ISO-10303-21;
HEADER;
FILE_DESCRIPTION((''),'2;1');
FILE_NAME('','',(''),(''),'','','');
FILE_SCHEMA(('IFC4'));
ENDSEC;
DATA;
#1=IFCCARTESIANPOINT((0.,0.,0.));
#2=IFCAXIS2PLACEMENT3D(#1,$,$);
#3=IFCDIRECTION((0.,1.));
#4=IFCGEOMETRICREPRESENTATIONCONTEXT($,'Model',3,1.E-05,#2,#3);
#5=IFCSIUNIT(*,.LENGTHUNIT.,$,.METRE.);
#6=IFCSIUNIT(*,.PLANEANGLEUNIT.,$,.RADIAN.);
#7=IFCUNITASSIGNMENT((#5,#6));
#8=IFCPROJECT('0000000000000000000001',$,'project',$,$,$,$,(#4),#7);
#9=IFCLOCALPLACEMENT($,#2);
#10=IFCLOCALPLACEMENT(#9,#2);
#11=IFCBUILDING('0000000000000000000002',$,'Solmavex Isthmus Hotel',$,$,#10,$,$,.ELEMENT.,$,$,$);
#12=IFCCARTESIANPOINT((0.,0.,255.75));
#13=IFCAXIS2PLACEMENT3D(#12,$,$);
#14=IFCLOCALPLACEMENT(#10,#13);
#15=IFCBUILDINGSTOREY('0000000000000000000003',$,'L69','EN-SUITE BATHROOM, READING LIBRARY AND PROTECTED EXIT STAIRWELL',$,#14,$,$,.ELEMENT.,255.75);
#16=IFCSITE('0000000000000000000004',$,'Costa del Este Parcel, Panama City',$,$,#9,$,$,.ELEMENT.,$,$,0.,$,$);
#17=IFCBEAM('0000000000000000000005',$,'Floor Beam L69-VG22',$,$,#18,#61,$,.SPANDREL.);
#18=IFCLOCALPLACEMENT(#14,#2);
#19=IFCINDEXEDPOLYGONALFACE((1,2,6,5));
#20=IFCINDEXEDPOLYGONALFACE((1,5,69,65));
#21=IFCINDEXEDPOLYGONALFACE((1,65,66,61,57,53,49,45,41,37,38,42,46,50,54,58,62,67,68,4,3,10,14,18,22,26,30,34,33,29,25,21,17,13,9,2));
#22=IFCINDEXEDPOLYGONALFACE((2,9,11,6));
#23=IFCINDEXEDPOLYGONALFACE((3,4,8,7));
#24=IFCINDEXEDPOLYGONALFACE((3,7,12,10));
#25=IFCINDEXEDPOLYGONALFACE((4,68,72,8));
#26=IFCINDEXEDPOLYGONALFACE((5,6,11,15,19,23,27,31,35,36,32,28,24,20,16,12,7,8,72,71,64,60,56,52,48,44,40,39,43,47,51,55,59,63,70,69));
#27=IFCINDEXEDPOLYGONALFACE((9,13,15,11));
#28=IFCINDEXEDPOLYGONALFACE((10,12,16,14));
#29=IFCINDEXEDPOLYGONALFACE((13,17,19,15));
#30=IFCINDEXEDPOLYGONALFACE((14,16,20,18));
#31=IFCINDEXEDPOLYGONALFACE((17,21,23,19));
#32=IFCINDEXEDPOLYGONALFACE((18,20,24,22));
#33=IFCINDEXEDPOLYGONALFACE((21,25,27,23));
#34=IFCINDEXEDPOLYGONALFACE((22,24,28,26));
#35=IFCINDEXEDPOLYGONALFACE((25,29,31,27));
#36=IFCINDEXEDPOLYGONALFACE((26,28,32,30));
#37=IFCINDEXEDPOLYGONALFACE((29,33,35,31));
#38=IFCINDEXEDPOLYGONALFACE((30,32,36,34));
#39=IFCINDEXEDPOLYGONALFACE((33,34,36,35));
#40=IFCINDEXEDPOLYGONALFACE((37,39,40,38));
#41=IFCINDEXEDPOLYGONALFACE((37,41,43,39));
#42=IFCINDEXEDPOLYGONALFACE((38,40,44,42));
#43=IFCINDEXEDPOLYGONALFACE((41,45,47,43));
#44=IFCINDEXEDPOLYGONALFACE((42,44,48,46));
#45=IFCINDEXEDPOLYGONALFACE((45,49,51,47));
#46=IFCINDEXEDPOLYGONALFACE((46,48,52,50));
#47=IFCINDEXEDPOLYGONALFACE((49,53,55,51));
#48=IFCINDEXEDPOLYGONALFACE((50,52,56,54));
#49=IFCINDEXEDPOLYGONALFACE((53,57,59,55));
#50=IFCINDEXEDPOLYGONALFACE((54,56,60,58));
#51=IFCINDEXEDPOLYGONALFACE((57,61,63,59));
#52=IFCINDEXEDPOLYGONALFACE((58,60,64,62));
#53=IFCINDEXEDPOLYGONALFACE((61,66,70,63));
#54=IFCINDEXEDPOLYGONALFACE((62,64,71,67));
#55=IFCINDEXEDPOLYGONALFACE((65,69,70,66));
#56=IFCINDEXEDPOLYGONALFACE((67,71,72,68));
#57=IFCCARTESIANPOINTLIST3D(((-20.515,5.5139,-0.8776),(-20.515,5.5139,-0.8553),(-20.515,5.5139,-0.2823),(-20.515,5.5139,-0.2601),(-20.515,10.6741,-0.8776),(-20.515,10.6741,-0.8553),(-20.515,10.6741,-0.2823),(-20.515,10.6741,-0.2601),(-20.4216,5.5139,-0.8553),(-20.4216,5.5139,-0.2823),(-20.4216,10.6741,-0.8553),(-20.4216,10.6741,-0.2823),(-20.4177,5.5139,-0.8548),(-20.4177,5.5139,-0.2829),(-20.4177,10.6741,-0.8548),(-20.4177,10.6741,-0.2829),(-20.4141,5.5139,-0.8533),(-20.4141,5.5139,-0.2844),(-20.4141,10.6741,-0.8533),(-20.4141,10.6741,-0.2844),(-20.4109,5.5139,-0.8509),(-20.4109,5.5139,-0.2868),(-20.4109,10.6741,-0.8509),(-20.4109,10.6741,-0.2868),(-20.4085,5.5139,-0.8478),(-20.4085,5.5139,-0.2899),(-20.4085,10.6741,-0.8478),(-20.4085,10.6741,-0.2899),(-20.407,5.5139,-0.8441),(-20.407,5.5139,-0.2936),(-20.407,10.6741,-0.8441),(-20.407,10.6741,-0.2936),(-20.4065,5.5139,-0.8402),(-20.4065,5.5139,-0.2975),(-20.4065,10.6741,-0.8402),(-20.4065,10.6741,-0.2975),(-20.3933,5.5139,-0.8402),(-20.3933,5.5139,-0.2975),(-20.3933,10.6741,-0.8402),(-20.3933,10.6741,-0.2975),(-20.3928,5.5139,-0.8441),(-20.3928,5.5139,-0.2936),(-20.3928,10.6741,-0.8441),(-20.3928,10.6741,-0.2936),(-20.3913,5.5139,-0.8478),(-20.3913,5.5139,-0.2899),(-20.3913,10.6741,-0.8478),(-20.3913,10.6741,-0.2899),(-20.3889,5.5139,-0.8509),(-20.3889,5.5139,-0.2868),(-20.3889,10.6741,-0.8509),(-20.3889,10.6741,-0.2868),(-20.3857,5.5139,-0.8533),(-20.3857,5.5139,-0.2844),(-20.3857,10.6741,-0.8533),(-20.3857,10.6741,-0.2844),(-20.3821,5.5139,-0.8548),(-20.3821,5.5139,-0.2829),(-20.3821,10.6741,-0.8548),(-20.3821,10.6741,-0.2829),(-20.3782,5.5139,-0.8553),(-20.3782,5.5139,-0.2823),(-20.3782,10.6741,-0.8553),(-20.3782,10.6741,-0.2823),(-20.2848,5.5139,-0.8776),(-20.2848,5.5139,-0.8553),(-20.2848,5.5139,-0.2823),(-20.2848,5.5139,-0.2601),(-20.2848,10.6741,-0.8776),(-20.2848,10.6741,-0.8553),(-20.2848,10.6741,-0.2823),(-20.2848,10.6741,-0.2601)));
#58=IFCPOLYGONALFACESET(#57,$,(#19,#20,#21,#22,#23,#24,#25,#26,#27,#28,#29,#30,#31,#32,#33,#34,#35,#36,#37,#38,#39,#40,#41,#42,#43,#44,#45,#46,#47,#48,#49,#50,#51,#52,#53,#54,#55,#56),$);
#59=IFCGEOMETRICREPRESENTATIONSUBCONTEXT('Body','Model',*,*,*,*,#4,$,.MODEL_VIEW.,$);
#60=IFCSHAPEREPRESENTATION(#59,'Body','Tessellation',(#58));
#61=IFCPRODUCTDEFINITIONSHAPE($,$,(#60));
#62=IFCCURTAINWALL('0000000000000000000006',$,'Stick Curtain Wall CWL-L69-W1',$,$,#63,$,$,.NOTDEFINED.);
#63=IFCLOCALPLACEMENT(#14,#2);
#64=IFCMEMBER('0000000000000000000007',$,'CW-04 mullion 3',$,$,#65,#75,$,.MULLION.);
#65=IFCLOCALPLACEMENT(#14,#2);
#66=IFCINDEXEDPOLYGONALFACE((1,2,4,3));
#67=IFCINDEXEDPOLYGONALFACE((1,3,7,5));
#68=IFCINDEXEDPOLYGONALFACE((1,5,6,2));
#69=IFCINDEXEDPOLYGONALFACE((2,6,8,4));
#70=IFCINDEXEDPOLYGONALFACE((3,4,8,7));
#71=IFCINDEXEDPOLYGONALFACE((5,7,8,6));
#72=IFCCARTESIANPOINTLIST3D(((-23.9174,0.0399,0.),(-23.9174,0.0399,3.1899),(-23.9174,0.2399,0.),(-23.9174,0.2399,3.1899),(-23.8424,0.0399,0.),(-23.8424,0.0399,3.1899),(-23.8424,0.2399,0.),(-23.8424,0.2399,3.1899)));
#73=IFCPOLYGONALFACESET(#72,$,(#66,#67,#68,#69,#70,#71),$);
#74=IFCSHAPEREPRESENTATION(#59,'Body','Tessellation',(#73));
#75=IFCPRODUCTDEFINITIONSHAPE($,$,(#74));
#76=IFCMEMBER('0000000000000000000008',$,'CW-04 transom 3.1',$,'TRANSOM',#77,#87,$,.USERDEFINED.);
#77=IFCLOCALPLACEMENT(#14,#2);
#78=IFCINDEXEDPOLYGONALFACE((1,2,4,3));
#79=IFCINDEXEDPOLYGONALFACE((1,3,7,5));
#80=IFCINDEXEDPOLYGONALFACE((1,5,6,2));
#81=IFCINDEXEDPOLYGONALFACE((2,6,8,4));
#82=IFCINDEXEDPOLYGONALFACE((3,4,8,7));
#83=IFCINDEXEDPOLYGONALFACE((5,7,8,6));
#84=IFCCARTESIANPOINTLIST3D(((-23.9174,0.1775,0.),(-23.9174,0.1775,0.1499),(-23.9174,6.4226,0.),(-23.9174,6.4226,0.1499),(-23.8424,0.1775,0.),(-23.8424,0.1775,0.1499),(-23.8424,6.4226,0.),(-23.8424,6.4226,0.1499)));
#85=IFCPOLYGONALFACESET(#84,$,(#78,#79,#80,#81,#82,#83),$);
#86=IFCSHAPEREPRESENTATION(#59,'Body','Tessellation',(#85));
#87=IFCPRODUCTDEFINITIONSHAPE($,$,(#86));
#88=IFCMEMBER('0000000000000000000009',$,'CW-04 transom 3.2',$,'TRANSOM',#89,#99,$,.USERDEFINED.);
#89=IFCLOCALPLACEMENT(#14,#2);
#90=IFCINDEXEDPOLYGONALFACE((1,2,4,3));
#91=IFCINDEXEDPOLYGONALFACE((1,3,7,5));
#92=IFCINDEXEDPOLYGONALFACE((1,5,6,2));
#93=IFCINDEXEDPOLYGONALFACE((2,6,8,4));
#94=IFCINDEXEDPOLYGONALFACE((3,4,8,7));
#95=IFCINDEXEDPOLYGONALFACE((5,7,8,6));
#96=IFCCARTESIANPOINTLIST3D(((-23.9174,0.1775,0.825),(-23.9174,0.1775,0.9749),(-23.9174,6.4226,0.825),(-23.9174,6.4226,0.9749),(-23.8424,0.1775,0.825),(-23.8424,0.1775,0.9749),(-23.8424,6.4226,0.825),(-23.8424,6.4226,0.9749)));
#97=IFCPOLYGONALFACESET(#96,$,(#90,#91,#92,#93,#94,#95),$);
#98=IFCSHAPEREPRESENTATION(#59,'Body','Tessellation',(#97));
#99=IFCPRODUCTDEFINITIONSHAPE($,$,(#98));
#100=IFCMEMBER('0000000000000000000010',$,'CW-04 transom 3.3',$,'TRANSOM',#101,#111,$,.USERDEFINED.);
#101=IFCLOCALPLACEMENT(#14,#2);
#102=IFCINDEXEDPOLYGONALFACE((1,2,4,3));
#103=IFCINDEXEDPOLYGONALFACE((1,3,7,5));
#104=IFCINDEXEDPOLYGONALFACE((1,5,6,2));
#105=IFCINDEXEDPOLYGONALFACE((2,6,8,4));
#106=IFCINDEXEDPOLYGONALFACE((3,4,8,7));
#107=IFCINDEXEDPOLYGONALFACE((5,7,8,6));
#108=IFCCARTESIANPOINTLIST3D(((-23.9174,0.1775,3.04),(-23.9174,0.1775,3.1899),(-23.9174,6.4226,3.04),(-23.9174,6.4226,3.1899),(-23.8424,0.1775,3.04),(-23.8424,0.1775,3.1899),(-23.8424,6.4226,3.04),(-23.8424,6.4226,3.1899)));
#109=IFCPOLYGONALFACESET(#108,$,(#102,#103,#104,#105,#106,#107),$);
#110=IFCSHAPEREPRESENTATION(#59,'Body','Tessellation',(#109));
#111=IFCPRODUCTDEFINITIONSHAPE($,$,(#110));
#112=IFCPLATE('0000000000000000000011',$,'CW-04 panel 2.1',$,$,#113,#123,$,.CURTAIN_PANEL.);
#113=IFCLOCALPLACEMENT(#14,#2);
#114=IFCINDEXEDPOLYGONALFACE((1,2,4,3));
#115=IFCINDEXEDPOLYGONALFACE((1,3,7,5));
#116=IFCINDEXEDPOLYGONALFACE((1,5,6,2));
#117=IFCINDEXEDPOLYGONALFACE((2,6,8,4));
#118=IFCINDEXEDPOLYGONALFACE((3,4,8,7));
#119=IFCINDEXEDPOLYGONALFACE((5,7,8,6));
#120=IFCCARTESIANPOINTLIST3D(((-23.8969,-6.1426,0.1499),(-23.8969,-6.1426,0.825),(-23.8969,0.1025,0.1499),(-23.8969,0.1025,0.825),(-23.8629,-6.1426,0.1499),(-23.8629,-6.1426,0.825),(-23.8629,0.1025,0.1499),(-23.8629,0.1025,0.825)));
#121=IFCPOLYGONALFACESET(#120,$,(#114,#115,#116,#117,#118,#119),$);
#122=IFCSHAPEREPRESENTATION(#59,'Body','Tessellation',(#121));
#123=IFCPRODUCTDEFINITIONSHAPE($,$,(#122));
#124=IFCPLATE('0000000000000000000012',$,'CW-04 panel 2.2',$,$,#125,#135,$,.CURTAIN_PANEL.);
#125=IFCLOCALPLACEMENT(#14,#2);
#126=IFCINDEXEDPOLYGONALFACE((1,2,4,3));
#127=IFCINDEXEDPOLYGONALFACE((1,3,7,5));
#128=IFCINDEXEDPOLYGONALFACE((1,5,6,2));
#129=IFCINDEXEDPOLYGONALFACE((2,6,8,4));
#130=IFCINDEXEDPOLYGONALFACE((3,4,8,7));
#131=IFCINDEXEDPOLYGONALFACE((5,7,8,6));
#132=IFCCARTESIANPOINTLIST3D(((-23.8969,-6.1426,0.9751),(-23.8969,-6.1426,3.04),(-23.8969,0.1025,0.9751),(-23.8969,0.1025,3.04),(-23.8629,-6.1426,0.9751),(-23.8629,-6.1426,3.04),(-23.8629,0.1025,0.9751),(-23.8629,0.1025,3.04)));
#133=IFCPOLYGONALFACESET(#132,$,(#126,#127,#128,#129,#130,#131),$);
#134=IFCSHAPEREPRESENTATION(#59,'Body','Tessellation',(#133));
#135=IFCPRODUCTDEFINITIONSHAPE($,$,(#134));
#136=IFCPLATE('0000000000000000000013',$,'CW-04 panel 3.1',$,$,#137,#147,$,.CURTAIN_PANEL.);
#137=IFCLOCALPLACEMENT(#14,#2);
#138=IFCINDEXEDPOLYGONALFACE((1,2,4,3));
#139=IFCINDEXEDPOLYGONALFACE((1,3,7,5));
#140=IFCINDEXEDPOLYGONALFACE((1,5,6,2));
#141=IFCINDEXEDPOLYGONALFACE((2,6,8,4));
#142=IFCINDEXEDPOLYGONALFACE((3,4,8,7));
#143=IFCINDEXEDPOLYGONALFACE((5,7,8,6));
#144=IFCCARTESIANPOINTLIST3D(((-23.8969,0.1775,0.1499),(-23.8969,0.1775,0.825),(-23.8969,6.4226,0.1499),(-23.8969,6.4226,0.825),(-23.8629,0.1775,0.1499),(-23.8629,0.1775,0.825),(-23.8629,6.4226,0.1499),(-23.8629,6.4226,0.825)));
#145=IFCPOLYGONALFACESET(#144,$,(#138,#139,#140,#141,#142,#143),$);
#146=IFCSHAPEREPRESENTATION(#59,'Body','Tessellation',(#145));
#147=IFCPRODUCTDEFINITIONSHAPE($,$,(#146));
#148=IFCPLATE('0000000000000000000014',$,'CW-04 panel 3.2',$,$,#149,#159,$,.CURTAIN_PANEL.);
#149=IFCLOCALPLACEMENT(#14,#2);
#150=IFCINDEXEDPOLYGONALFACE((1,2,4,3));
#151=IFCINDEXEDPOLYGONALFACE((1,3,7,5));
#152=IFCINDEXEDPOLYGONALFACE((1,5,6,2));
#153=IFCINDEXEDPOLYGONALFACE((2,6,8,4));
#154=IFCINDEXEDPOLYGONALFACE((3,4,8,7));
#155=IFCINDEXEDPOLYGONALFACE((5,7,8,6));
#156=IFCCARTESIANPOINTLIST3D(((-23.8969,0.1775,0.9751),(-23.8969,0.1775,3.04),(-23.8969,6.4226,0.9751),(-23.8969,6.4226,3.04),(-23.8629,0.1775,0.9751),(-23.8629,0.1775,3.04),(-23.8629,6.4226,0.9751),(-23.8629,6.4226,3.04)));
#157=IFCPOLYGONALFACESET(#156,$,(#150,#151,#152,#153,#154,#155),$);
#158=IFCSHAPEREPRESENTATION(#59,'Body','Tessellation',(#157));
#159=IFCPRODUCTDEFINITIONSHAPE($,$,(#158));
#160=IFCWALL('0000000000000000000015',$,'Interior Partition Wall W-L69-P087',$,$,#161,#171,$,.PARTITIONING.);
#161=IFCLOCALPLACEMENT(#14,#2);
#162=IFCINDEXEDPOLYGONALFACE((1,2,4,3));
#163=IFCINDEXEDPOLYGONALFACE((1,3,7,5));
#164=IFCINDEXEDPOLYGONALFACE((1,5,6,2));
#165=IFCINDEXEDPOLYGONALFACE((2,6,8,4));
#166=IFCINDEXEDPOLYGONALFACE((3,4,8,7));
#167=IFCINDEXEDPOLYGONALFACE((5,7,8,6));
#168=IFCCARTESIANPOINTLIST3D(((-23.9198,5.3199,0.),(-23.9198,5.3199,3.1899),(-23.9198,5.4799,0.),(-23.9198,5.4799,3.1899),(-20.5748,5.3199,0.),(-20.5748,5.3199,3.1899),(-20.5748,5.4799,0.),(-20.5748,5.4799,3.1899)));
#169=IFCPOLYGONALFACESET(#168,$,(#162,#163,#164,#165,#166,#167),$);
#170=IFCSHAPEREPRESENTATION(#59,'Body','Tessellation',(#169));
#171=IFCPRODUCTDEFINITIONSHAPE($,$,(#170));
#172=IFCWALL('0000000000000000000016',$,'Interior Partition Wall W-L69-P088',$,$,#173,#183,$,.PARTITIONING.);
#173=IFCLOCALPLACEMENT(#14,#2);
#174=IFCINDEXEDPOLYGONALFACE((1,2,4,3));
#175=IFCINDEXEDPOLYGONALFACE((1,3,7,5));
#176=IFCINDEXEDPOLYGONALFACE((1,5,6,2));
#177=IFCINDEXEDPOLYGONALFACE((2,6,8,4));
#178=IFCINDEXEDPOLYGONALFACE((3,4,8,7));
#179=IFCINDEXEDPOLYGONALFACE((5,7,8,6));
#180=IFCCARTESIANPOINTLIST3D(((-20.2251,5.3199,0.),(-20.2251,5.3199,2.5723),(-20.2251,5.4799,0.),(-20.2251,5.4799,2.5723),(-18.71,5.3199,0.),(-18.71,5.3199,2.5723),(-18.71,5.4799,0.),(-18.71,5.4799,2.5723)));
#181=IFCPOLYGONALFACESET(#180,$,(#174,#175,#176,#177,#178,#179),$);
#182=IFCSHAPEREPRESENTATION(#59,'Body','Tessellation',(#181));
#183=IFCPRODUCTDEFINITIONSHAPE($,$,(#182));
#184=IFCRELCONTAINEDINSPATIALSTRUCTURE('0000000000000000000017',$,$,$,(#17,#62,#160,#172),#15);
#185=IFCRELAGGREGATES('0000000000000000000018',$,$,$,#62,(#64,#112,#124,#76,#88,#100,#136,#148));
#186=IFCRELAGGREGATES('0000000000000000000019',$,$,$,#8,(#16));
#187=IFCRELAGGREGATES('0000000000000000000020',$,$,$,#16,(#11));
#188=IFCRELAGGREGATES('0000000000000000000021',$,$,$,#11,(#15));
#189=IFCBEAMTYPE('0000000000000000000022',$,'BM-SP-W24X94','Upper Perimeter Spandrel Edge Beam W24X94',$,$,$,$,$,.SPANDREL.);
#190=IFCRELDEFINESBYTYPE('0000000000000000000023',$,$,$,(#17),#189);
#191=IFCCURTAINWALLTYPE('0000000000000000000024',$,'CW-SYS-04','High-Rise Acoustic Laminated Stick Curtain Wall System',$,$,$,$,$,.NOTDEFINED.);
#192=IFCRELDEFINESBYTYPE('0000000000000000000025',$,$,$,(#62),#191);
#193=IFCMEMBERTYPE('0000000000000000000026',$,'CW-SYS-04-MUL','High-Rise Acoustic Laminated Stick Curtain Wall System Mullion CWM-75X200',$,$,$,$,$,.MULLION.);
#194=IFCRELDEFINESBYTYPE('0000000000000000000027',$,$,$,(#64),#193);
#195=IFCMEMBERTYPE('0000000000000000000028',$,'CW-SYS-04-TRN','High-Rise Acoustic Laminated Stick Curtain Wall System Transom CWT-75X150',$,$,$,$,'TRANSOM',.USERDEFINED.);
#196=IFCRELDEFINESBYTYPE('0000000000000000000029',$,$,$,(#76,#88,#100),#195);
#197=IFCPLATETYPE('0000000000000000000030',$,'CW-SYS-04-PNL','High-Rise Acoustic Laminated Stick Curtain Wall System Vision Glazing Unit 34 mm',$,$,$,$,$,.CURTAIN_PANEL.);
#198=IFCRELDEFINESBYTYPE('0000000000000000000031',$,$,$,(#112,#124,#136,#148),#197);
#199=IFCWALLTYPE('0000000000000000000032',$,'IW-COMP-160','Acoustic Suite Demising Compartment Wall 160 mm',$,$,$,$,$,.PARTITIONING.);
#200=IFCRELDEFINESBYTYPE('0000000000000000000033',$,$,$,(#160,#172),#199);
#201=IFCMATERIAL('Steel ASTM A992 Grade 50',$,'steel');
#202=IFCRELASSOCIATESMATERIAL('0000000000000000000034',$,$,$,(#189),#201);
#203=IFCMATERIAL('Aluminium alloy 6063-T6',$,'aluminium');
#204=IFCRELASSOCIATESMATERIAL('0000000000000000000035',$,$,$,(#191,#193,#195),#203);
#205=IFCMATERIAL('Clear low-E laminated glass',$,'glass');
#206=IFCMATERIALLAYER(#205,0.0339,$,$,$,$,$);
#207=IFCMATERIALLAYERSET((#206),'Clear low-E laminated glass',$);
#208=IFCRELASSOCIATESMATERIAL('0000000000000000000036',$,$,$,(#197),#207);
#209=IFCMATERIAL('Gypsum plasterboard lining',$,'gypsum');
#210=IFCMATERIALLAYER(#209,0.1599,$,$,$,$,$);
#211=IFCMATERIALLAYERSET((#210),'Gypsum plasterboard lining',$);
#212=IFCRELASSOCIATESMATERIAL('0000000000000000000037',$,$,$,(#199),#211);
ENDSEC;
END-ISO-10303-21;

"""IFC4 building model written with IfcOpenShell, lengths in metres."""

from ifc_helpers import new_model, si_unit, direction, frame, frame_2d, origin, origin_2d, place, context, subcontext, project, spatial, rectangle, i_section, extrude, material, layer, layer_set, material_profile, profile_set, type_object, element, aggregate, save


model = new_model("IFC4")

# Units and contexts
model_context = context("Model", 3, precision=1e-05, world=origin(), true_north=direction((0.0, 1.0)))
body_context = subcontext(model_context, "Body", "Model", "MODEL_VIEW")
ifc_project = project(units=[si_unit("LENGTHUNIT", "METRE"), si_unit("PLANEANGLEUNIT", "RADIAN")], contexts=[model_context])

# Site, building, storey
site_placement = place(None, origin())
site = spatial("IfcSite", under=ifc_project, at=site_placement, Name="Costa del Este Parcel, Panama City", CompositionType="ELEMENT", RefElevation=0.0)
building_placement = place(site_placement, origin())
building = spatial("IfcBuilding", under=site, at=building_placement, Name="Solmavex Isthmus Hotel", CompositionType="ELEMENT")
storey_placement = place(building_placement, frame((0.0, 0.0, 255.75)))
storey = spatial("IfcBuildingStorey", under=building, at=storey_placement, Name="L69", Description="EN-SUITE BATHROOM, READING LIBRARY AND PROTECTED EXIT STAIRWELL", CompositionType="ELEMENT", Elevation=255.75)

# Beam
ifc_material_1 = material(Name="Steel ASTM A992 Grade 50", Category="steel")
ifc_material_profile_1 = material_profile(ifc_material_1, i_section(OverallWidth=0.2302, OverallDepth=0.6174, WebThickness=0.0132, FlangeThickness=0.0222, FilletRadius=0.0151, at=origin_2d()), Name="W24X94")
ifc_profile_set_1 = profile_set([ifc_material_profile_1], Name="Steel ASTM A992 Grade 50")
beam_type_1 = type_object("IfcBeamType", Name="BM-SP-W24X94", Description="Upper Perimeter Spandrel Edge Beam W24X94", PredefinedType="SPANDREL", material=ifc_profile_set_1)
beam_1_placement = place(storey_placement, frame((-20.3999, 5.5139, -0.5688), z_axis=(0.0, 1.0, 0.0), x_axis=(-1.0, 0.0, 0.0)))
element("IfcBeam", 1, at=beam_1_placement, inside=storey, type_object=beam_type_1, Name="Floor Beam L69-VG22", PredefinedType="SPANDREL", context=body_context, shape_type="SweptSolid", body=[
    extrude(i_section(OverallWidth=0.2302, OverallDepth=0.6174, WebThickness=0.0132, FlangeThickness=0.0222, FilletRadius=0.0151, at=origin_2d()), origin(), (0.0, 0.0, 1.0), 5.1602),
])

# Curtain wall, members, plates
ifc_material_2 = material(Name="Aluminium alloy 6063-T6", Category="aluminium")
curtain_wall_type = type_object("IfcCurtainWallType", Name="CW-SYS-04", Description="High-Rise Acoustic Laminated Stick Curtain Wall System", PredefinedType="NOTDEFINED", material=ifc_material_2)
curtain_wall_placement = place(storey_placement, origin())
curtain_wall = element("IfcCurtainWall", 2, at=curtain_wall_placement, inside=storey, type_object=curtain_wall_type, Name="Stick Curtain Wall CWL-L69-W1", PredefinedType="NOTDEFINED")
ifc_material_profile_2 = material_profile(ifc_material_2, rectangle(XDim=0.075, YDim=0.2, at=origin_2d()), Name="CWM-75X200")
ifc_profile_set_2 = profile_set([ifc_material_profile_2], Name="Aluminium alloy 6063-T6")
member_type_1 = type_object("IfcMemberType", Name="CW-SYS-04-MUL", Description="High-Rise Acoustic Laminated Stick Curtain Wall System Mullion CWM-75X200", PredefinedType="MULLION", material=ifc_profile_set_2)
member_1_placement = place(storey_placement, frame((-23.8799, 0.1399, 0.0), z_axis=(0.0, 0.0, 1.0), x_axis=(-1.0, 0.0, 0.0)))
member_1 = element("IfcMember", 3, at=member_1_placement, type_object=member_type_1, Name="CW-04 mullion 3", PredefinedType="MULLION", context=body_context, shape_type="SweptSolid", body=[
    extrude(rectangle(XDim=0.075, YDim=0.2, at=origin_2d()), origin(), (0.0, 0.0, 1.0), 3.1899),
])
ifc_material_profile_3 = material_profile(ifc_material_2, rectangle(XDim=0.075, YDim=0.1499, at=origin_2d()), Name="CWT-75X150")
ifc_profile_set_3 = profile_set([ifc_material_profile_3], Name="Aluminium alloy 6063-T6")
member_type_2 = type_object("IfcMemberType", Name="CW-SYS-04-TRN", Description="High-Rise Acoustic Laminated Stick Curtain Wall System Transom CWT-75X150", ElementType="TRANSOM", PredefinedType="USERDEFINED", material=ifc_profile_set_3)
member_2_placement = place(storey_placement, frame((-23.8799, 0.1775, 0.075), z_axis=(0.0, 1.0, 0.0), x_axis=(-1.0, 0.0, 0.0)))
member_2 = element("IfcMember", 4, at=member_2_placement, type_object=member_type_2, Name="CW-04 transom 3.1", ObjectType="TRANSOM", PredefinedType="USERDEFINED", context=body_context, shape_type="SweptSolid", body=[
    extrude(rectangle(XDim=0.075, YDim=0.1499, at=origin_2d()), origin(), (0.0, 0.0, 1.0), 6.2451),
])
member_3_placement = place(storey_placement, frame((-23.8799, 0.1775, 0.8999), z_axis=(0.0, 1.0, 0.0), x_axis=(-1.0, 0.0, 0.0)))
member_3 = element("IfcMember", 5, at=member_3_placement, type_object=member_type_2, Name="CW-04 transom 3.2", ObjectType="TRANSOM", PredefinedType="USERDEFINED", context=body_context, shape_type="SweptSolid", body=[
    extrude(rectangle(XDim=0.075, YDim=0.1499, at=origin_2d()), origin(), (0.0, 0.0, 1.0), 6.2451),
])
member_4_placement = place(storey_placement, frame((-23.8799, 0.1775, 3.115), z_axis=(0.0, 1.0, 0.0), x_axis=(-1.0, 0.0, 0.0)))
member_4 = element("IfcMember", 6, at=member_4_placement, type_object=member_type_2, Name="CW-04 transom 3.3", ObjectType="TRANSOM", PredefinedType="USERDEFINED", context=body_context, shape_type="SweptSolid", body=[
    extrude(rectangle(XDim=0.075, YDim=0.1499, at=origin_2d()), origin(), (0.0, 0.0, 1.0), 6.2451),
])
ifc_material_3 = material(Name="Clear low-E laminated glass", Category="glass")
ifc_layer_1 = layer(ifc_material_3, 0.0339)
ifc_layer_set_1 = layer_set([ifc_layer_1], Name="Clear low-E laminated glass")
plate_type = type_object("IfcPlateType", Name="CW-SYS-04-PNL", Description="High-Rise Acoustic Laminated Stick Curtain Wall System Vision Glazing Unit 34 mm", PredefinedType="CURTAIN_PANEL", material=ifc_layer_set_1)
plate_1_placement = place(storey_placement, frame((-23.8799, -3.02, 0.1499), z_axis=(0.0, 0.0, 1.0), x_axis=(0.0, 1.0, 0.0)))
plate_1 = element("IfcPlate", 7, at=plate_1_placement, type_object=plate_type, Name="CW-04 panel 2.1", PredefinedType="CURTAIN_PANEL", context=body_context, shape_type="SweptSolid", body=[
    extrude(rectangle(XDim=6.2451, YDim=0.0339, at=origin_2d()), origin(), (0.0, 0.0, 1.0), 0.675),
])
plate_2_placement = place(storey_placement, frame((-23.8799, -3.02, 0.9751), z_axis=(0.0, 0.0, 1.0), x_axis=(0.0, 1.0, 0.0)))
plate_2 = element("IfcPlate", 8, at=plate_2_placement, type_object=plate_type, Name="CW-04 panel 2.2", PredefinedType="CURTAIN_PANEL", context=body_context, shape_type="SweptSolid", body=[
    extrude(rectangle(XDim=6.2451, YDim=0.0339, at=origin_2d()), origin(), (0.0, 0.0, 1.0), 2.0649),
])
plate_3_placement = place(storey_placement, frame((-23.8799, 3.3, 0.1499), z_axis=(0.0, 0.0, 1.0), x_axis=(0.0, 1.0, 0.0)))
plate_3 = element("IfcPlate", 9, at=plate_3_placement, type_object=plate_type, Name="CW-04 panel 3.1", PredefinedType="CURTAIN_PANEL", context=body_context, shape_type="SweptSolid", body=[
    extrude(rectangle(XDim=6.2451, YDim=0.0339, at=origin_2d()), origin(), (0.0, 0.0, 1.0), 0.675),
])
plate_4_placement = place(storey_placement, frame((-23.8799, 3.3, 0.9751), z_axis=(0.0, 0.0, 1.0), x_axis=(0.0, 1.0, 0.0)))
plate_4 = element("IfcPlate", 10, at=plate_4_placement, type_object=plate_type, Name="CW-04 panel 3.2", PredefinedType="CURTAIN_PANEL", context=body_context, shape_type="SweptSolid", body=[
    extrude(rectangle(XDim=6.2451, YDim=0.0339, at=origin_2d()), origin(), (0.0, 0.0, 1.0), 2.0649),
])
aggregate(curtain_wall, [member_1, plate_1, plate_2, member_2, member_3, member_4, plate_3, plate_4])

# Walls
ifc_material_4 = material(Name="Gypsum plasterboard lining", Category="gypsum")
ifc_layer_2 = layer(ifc_material_4, 0.1599)
ifc_layer_set_2 = layer_set([ifc_layer_2], Name="Gypsum plasterboard lining")
wall_type_1 = type_object("IfcWallType", Name="IW-COMP-160", Description="Acoustic Suite Demising Compartment Wall 160 mm", PredefinedType="PARTITIONING", material=ifc_layer_set_2)
wall_1_placement = place(storey_placement, frame((-20.575, 5.3999, 0.0), z_axis=(0.0, 0.0, 1.0), x_axis=(-1.0, 0.0, 0.0)))
element("IfcWall", 11, at=wall_1_placement, inside=storey, type_object=wall_type_1, Name="Interior Partition Wall W-L69-P087", PredefinedType="PARTITIONING", context=body_context, shape_type="SweptSolid", body=[
    extrude(rectangle(XDim=3.345, YDim=0.1599, at=frame_2d((1.6724, 0.0))), origin(), (0.0, 0.0, 1.0), 3.1899),
])
wall_2_placement = place(storey_placement, frame((-18.71, 5.3999, 0.0), z_axis=(0.0, 0.0, 1.0), x_axis=(-1.0, 0.0, 0.0)))
element("IfcWall", 12, at=wall_2_placement, inside=storey, type_object=wall_type_1, Name="Interior Partition Wall W-L69-P088", PredefinedType="PARTITIONING", context=body_context, shape_type="SweptSolid", body=[
    extrude(rectangle(XDim=1.5151, YDim=0.1599, at=frame_2d((0.7576, 0.0))), origin(), (0.0, 0.0, 1.0), 2.5723),
])

save(model, "model.ifc")
